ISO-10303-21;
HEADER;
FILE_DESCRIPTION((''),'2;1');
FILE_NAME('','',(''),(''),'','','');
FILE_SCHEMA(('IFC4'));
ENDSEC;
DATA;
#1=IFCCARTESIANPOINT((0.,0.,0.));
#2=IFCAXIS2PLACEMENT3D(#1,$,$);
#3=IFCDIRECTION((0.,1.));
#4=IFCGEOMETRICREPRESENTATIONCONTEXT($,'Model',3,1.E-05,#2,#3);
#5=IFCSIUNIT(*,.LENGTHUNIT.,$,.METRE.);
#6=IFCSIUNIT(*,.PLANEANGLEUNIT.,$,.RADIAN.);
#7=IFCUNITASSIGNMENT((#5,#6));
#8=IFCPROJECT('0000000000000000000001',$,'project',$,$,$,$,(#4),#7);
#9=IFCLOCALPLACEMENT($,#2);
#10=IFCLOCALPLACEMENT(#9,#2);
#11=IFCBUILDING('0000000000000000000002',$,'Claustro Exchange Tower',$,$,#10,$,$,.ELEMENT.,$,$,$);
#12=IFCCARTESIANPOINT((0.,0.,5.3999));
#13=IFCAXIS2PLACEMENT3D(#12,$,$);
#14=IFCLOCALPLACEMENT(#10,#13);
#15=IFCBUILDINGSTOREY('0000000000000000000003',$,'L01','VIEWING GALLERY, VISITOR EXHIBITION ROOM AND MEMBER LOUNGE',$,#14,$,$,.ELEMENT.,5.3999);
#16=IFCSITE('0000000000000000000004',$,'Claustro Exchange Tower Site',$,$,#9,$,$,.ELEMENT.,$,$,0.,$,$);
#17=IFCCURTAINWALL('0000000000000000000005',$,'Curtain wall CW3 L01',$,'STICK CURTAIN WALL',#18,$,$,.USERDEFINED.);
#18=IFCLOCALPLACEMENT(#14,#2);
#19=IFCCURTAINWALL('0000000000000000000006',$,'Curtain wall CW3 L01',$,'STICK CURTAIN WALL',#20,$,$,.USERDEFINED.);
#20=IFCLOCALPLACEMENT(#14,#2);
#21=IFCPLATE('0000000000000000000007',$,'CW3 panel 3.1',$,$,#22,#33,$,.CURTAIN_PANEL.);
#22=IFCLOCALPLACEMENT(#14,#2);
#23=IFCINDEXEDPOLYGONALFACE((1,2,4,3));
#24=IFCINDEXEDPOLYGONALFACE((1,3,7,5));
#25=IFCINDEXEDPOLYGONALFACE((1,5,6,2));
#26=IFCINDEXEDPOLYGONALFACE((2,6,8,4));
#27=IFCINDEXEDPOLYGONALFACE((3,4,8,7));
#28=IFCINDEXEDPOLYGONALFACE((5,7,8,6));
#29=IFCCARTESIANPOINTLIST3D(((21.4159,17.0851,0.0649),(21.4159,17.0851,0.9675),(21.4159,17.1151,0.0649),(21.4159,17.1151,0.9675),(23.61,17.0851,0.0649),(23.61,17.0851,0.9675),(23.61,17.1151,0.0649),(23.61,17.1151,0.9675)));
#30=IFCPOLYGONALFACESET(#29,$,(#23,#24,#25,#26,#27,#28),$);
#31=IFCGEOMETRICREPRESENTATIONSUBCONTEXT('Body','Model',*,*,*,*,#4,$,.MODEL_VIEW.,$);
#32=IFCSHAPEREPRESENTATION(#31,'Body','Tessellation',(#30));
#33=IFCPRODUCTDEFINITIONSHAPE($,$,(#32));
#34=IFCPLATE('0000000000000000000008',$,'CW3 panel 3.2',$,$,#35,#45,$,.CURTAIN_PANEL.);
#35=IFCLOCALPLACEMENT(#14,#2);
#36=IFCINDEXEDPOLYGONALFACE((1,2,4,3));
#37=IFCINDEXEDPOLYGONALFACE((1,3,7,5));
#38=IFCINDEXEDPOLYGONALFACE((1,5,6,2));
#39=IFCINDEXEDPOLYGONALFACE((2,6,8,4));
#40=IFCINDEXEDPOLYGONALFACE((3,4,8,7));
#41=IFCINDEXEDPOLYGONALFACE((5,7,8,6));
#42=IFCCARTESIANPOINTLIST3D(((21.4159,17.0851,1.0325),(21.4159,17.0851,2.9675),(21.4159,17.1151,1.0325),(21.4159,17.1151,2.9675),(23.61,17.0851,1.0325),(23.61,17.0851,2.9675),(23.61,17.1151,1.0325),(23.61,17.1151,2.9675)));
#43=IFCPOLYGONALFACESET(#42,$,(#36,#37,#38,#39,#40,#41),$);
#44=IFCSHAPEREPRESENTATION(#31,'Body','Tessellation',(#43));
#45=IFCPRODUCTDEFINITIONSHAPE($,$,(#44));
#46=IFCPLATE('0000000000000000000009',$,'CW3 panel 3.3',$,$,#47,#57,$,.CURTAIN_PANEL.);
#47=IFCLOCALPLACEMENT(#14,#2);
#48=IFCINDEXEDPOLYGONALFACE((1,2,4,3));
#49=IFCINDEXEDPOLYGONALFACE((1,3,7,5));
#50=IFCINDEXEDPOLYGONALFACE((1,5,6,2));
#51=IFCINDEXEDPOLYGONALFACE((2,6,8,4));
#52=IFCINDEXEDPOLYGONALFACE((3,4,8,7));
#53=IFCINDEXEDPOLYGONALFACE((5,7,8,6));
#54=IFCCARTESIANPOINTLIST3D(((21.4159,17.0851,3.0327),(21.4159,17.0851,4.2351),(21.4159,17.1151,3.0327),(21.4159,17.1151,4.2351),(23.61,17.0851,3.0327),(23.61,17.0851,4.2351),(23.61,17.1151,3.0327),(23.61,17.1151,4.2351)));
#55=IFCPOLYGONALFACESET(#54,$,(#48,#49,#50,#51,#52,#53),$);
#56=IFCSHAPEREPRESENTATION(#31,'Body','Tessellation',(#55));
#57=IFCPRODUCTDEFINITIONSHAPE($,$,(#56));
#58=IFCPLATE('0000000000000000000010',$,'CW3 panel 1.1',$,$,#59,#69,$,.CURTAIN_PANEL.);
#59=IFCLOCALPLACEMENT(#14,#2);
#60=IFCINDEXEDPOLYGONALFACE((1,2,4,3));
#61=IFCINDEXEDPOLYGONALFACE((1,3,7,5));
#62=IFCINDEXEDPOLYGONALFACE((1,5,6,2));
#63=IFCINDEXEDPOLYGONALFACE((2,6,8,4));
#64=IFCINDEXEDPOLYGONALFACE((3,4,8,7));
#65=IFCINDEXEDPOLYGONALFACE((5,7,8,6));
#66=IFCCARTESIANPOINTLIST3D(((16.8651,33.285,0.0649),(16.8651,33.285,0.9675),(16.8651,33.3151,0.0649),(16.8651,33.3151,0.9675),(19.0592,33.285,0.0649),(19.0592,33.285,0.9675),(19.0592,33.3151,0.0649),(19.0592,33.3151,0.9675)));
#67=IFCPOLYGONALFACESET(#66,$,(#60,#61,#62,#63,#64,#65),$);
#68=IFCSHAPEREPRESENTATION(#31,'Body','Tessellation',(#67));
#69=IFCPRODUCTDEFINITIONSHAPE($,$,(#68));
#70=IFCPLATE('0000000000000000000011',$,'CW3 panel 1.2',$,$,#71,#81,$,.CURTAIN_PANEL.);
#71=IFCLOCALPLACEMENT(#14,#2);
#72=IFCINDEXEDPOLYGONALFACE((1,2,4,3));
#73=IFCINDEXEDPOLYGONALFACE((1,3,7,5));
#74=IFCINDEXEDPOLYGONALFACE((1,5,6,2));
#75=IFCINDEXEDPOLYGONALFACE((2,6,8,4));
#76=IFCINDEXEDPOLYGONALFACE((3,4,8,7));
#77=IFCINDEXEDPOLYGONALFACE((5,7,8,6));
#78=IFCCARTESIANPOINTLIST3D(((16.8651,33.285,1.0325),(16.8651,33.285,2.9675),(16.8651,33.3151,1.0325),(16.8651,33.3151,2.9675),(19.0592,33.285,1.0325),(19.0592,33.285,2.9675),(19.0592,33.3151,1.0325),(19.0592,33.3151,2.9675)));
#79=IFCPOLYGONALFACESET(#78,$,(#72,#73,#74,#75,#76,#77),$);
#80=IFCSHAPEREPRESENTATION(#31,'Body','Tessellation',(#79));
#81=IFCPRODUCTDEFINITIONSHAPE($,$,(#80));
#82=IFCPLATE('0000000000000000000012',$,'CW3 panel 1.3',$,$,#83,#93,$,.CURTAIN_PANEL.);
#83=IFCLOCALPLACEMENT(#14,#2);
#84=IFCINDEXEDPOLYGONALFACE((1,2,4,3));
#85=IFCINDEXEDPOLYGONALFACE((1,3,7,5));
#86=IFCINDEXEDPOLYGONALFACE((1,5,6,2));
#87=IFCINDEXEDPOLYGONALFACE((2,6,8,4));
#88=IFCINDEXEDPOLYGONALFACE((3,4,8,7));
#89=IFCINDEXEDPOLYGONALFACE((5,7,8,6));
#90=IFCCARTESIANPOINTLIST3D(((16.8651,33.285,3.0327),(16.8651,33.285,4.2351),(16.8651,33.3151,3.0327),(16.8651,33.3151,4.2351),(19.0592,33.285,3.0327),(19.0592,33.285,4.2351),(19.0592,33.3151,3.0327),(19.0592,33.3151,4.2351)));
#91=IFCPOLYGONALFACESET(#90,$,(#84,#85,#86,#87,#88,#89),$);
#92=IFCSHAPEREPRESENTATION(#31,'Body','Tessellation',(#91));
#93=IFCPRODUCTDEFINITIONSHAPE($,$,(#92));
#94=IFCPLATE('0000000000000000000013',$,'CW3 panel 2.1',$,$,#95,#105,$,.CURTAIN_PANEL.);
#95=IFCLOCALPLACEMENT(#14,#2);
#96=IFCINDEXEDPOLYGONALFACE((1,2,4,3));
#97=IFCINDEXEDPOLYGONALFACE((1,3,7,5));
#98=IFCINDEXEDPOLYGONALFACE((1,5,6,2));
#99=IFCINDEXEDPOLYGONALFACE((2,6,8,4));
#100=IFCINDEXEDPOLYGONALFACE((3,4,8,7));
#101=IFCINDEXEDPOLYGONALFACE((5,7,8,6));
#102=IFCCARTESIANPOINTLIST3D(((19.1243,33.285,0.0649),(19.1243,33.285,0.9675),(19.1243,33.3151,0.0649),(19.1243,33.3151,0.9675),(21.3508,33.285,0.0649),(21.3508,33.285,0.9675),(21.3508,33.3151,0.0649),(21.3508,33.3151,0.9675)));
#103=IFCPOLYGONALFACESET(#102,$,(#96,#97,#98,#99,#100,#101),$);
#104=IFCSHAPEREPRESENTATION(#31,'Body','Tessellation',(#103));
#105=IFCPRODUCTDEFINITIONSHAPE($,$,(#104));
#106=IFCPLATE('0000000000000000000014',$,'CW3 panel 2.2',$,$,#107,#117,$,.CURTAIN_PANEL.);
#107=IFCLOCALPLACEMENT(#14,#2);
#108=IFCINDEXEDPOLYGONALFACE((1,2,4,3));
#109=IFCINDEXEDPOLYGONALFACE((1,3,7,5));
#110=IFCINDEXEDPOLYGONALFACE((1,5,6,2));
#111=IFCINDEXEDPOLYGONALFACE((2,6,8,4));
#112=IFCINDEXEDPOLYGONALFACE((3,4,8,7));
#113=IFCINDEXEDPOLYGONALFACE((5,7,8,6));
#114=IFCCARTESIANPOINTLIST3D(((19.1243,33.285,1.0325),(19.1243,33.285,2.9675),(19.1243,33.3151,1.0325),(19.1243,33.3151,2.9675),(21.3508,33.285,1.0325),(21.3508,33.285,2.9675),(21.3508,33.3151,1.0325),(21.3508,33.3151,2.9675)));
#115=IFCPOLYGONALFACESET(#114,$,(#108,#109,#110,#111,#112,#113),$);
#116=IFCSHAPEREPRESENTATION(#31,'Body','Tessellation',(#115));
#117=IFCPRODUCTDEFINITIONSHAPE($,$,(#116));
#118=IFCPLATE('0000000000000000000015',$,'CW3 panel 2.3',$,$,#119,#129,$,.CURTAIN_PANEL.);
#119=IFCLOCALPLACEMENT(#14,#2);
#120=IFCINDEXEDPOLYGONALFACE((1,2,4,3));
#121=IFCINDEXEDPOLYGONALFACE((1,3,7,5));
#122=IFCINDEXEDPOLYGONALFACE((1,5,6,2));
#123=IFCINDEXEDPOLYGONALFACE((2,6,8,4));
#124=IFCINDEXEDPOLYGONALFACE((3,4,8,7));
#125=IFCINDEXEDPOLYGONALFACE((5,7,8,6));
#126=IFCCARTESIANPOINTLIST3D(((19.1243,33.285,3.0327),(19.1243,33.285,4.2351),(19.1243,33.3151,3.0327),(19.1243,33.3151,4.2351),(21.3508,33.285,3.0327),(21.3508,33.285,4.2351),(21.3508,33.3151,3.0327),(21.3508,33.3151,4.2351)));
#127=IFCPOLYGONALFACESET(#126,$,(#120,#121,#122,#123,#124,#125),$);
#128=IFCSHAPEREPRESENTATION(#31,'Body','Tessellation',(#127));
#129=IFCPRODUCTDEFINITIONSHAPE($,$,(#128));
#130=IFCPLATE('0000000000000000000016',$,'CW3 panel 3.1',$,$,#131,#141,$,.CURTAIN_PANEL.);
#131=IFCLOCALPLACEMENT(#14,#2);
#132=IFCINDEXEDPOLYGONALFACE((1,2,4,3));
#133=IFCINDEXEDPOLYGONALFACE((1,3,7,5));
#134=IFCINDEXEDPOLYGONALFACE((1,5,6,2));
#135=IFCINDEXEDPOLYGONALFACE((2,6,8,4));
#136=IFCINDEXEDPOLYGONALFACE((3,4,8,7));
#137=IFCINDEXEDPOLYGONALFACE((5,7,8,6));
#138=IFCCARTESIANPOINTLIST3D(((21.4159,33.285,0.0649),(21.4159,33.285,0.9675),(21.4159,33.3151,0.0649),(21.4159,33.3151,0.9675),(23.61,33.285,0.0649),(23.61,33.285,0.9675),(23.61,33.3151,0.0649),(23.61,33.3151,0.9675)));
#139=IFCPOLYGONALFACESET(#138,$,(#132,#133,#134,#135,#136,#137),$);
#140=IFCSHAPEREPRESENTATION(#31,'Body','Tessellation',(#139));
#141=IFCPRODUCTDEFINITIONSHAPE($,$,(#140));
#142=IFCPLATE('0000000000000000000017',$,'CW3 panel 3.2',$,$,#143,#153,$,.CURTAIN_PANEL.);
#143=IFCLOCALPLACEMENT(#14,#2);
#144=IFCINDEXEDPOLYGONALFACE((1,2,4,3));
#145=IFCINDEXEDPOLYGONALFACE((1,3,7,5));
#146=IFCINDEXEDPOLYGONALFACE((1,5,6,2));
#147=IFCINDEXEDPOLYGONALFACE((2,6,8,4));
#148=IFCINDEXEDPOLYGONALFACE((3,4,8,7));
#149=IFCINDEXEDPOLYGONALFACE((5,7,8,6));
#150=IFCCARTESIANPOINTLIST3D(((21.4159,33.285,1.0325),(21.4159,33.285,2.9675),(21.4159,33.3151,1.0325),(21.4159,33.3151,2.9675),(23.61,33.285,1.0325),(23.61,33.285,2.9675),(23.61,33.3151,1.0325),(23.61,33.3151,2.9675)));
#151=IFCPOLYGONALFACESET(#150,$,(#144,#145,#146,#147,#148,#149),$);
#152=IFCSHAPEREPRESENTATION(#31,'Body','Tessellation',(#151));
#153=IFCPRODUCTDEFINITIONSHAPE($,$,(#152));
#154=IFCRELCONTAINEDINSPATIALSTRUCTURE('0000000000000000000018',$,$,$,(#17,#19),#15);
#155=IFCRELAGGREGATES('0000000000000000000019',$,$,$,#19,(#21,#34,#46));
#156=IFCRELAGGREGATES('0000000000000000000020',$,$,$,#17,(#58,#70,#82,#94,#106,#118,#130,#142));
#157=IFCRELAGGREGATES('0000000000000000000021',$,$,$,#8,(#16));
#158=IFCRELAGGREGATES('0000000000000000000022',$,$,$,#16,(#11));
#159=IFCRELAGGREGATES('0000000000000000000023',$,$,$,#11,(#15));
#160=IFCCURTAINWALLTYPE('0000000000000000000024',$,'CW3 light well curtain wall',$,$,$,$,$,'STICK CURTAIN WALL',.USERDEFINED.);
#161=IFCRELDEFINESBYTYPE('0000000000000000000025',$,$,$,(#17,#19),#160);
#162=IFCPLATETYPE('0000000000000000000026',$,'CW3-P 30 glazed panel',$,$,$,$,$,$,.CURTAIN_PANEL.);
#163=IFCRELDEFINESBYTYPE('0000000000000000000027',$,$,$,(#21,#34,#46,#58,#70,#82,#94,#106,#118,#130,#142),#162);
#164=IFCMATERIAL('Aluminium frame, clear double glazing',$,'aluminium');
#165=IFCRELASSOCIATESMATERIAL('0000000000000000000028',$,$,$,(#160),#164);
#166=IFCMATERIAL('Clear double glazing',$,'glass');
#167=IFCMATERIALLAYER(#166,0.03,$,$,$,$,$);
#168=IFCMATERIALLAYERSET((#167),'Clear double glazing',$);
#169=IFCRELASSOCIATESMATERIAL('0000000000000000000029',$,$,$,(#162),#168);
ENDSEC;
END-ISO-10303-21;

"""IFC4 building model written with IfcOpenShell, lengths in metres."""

from ifc_helpers import new_model, si_unit, direction, frame, origin, origin_2d, place, context, subcontext, project, spatial, rectangle, extrude, material, layer, layer_set, type_object, element, aggregate, save


model = new_model("IFC4")

# Units and contexts
model_context = context("Model", 3, precision=1e-05, world=origin(), true_north=direction((0.0, 1.0)))
body_context = subcontext(model_context, "Body", "Model", "MODEL_VIEW")
ifc_project = project(units=[si_unit("LENGTHUNIT", "METRE"), si_unit("PLANEANGLEUNIT", "RADIAN")], contexts=[model_context])

# Site, building, storey
site_placement = place(None, origin())
site = spatial("IfcSite", under=ifc_project, at=site_placement, Name="Claustro Exchange Tower Site", CompositionType="ELEMENT", RefElevation=0.0)
building_placement = place(site_placement, origin())
building = spatial("IfcBuilding", under=site, at=building_placement, Name="Claustro Exchange Tower", CompositionType="ELEMENT")
storey_placement = place(building_placement, frame((0.0, 0.0, 5.3999)))
storey = spatial("IfcBuildingStorey", under=building, at=storey_placement, Name="L01", Description="VIEWING GALLERY, VISITOR EXHIBITION ROOM AND MEMBER LOUNGE", CompositionType="ELEMENT", Elevation=5.3999)

# Curtain wall
ifc_material_1 = material(Name="Aluminium frame, clear double glazing", Category="aluminium")
curtain_wall_type = type_object("IfcCurtainWallType", Name="CW3 light well curtain wall", ElementType="STICK CURTAIN WALL", PredefinedType="USERDEFINED", material=ifc_material_1)
curtain_wall_1_placement = place(storey_placement, origin())
curtain_wall_1 = element("IfcCurtainWall", 1, at=curtain_wall_1_placement, inside=storey, type_object=curtain_wall_type, Name="Curtain wall CW3 L01", ObjectType="STICK CURTAIN WALL", PredefinedType="USERDEFINED")

# Curtain wall, plates
curtain_wall_2_placement = place(storey_placement, origin())
curtain_wall_2 = element("IfcCurtainWall", 2, at=curtain_wall_2_placement, inside=storey, type_object=curtain_wall_type, Name="Curtain wall CW3 L01", ObjectType="STICK CURTAIN WALL", PredefinedType="USERDEFINED")
ifc_material_2 = material(Name="Clear double glazing", Category="glass")
ifc_layer = layer(ifc_material_2, 0.03)
ifc_layer_set = layer_set([ifc_layer], Name="Clear double glazing")
plate_type = type_object("IfcPlateType", Name="CW3-P 30 glazed panel", PredefinedType="CURTAIN_PANEL", material=ifc_layer_set)
plate_1_placement = place(storey_placement, frame((22.5129, 17.1001, 0.0649), z_axis=(0.0, 0.0, 1.0), x_axis=(1.0, 0.0, 0.0)))
plate_1 = element("IfcPlate", 3, at=plate_1_placement, type_object=plate_type, Name="CW3 panel 3.1", PredefinedType="CURTAIN_PANEL", context=body_context, shape_type="SweptSolid", body=[
    extrude(rectangle(XDim=2.1941, YDim=0.03, at=origin_2d()), origin(), (0.0, 0.0, 1.0), 0.9026),
])
plate_2_placement = place(storey_placement, frame((22.5129, 17.1001, 1.0325), z_axis=(0.0, 0.0, 1.0), x_axis=(1.0, 0.0, 0.0)))
plate_2 = element("IfcPlate", 4, at=plate_2_placement, type_object=plate_type, Name="CW3 panel 3.2", PredefinedType="CURTAIN_PANEL", context=body_context, shape_type="SweptSolid", body=[
    extrude(rectangle(XDim=2.1941, YDim=0.03, at=origin_2d()), origin(), (0.0, 0.0, 1.0), 1.9351),
])
plate_3_placement = place(storey_placement, frame((22.5129, 17.1001, 3.0327), z_axis=(0.0, 0.0, 1.0), x_axis=(1.0, 0.0, 0.0)))
plate_3 = element("IfcPlate", 5, at=plate_3_placement, type_object=plate_type, Name="CW3 panel 3.3", PredefinedType="CURTAIN_PANEL", context=body_context, shape_type="SweptSolid", body=[
    extrude(rectangle(XDim=2.1941, YDim=0.03, at=origin_2d()), origin(), (0.0, 0.0, 1.0), 1.2024),
])
aggregate(curtain_wall_2, [plate_1, plate_2, plate_3])

# Plates
plate_4_placement = place(storey_placement, frame((17.9622, 33.3, 0.0649), z_axis=(0.0, 0.0, 1.0), x_axis=(1.0, 0.0, 0.0)))
plate_4 = element("IfcPlate", 6, at=plate_4_placement, type_object=plate_type, Name="CW3 panel 1.1", PredefinedType="CURTAIN_PANEL", context=body_context, shape_type="SweptSolid", body=[
    extrude(rectangle(XDim=2.1941, YDim=0.03, at=origin_2d()), origin(), (0.0, 0.0, 1.0), 0.9026),
])
plate_5_placement = place(storey_placement, frame((17.9622, 33.3, 1.0325), z_axis=(0.0, 0.0, 1.0), x_axis=(1.0, 0.0, 0.0)))
plate_5 = element("IfcPlate", 7, at=plate_5_placement, type_object=plate_type, Name="CW3 panel 1.2", PredefinedType="CURTAIN_PANEL", context=body_context, shape_type="SweptSolid", body=[
    extrude(rectangle(XDim=2.1941, YDim=0.03, at=origin_2d()), origin(), (0.0, 0.0, 1.0), 1.9351),
])
plate_6_placement = place(storey_placement, frame((17.9622, 33.3, 3.0327), z_axis=(0.0, 0.0, 1.0), x_axis=(1.0, 0.0, 0.0)))
plate_6 = element("IfcPlate", 8, at=plate_6_placement, type_object=plate_type, Name="CW3 panel 1.3", PredefinedType="CURTAIN_PANEL", context=body_context, shape_type="SweptSolid", body=[
    extrude(rectangle(XDim=2.1941, YDim=0.03, at=origin_2d()), origin(), (0.0, 0.0, 1.0), 1.2024),
])
plate_7_placement = place(storey_placement, frame((20.2375, 33.3, 0.0649), z_axis=(0.0, 0.0, 1.0), x_axis=(1.0, 0.0, 0.0)))
plate_7 = element("IfcPlate", 9, at=plate_7_placement, type_object=plate_type, Name="CW3 panel 2.1", PredefinedType="CURTAIN_PANEL", context=body_context, shape_type="SweptSolid", body=[
    extrude(rectangle(XDim=2.2266, YDim=0.03, at=origin_2d()), origin(), (0.0, 0.0, 1.0), 0.9026),
])
plate_8_placement = place(storey_placement, frame((20.2375, 33.3, 1.0325), z_axis=(0.0, 0.0, 1.0), x_axis=(1.0, 0.0, 0.0)))
plate_8 = element("IfcPlate", 10, at=plate_8_placement, type_object=plate_type, Name="CW3 panel 2.2", PredefinedType="CURTAIN_PANEL", context=body_context, shape_type="SweptSolid", body=[
    extrude(rectangle(XDim=2.2266, YDim=0.03, at=origin_2d()), origin(), (0.0, 0.0, 1.0), 1.9351),
])
plate_9_placement = place(storey_placement, frame((20.2375, 33.3, 3.0327), z_axis=(0.0, 0.0, 1.0), x_axis=(1.0, 0.0, 0.0)))
plate_9 = element("IfcPlate", 11, at=plate_9_placement, type_object=plate_type, Name="CW3 panel 2.3", PredefinedType="CURTAIN_PANEL", context=body_context, shape_type="SweptSolid", body=[
    extrude(rectangle(XDim=2.2266, YDim=0.03, at=origin_2d()), origin(), (0.0, 0.0, 1.0), 1.2024),
])
plate_10_placement = place(storey_placement, frame((22.5129, 33.3, 0.0649), z_axis=(0.0, 0.0, 1.0), x_axis=(1.0, 0.0, 0.0)))
plate_10 = element("IfcPlate", 12, at=plate_10_placement, type_object=plate_type, Name="CW3 panel 3.1", PredefinedType="CURTAIN_PANEL", context=body_context, shape_type="SweptSolid", body=[
    extrude(rectangle(XDim=2.1941, YDim=0.03, at=origin_2d()), origin(), (0.0, 0.0, 1.0), 0.9026),
])
plate_11_placement = place(storey_placement, frame((22.5129, 33.3, 1.0325), z_axis=(0.0, 0.0, 1.0), x_axis=(1.0, 0.0, 0.0)))
plate_11 = element("IfcPlate", 13, at=plate_11_placement, type_object=plate_type, Name="CW3 panel 3.2", PredefinedType="CURTAIN_PANEL", context=body_context, shape_type="SweptSolid", body=[
    extrude(rectangle(XDim=2.1941, YDim=0.03, at=origin_2d()), origin(), (0.0, 0.0, 1.0), 1.9351),
])
aggregate(curtain_wall_1, [plate_4, plate_5, plate_6, plate_7, plate_8, plate_9, plate_10, plate_11])

save(model, "model.ifc")
